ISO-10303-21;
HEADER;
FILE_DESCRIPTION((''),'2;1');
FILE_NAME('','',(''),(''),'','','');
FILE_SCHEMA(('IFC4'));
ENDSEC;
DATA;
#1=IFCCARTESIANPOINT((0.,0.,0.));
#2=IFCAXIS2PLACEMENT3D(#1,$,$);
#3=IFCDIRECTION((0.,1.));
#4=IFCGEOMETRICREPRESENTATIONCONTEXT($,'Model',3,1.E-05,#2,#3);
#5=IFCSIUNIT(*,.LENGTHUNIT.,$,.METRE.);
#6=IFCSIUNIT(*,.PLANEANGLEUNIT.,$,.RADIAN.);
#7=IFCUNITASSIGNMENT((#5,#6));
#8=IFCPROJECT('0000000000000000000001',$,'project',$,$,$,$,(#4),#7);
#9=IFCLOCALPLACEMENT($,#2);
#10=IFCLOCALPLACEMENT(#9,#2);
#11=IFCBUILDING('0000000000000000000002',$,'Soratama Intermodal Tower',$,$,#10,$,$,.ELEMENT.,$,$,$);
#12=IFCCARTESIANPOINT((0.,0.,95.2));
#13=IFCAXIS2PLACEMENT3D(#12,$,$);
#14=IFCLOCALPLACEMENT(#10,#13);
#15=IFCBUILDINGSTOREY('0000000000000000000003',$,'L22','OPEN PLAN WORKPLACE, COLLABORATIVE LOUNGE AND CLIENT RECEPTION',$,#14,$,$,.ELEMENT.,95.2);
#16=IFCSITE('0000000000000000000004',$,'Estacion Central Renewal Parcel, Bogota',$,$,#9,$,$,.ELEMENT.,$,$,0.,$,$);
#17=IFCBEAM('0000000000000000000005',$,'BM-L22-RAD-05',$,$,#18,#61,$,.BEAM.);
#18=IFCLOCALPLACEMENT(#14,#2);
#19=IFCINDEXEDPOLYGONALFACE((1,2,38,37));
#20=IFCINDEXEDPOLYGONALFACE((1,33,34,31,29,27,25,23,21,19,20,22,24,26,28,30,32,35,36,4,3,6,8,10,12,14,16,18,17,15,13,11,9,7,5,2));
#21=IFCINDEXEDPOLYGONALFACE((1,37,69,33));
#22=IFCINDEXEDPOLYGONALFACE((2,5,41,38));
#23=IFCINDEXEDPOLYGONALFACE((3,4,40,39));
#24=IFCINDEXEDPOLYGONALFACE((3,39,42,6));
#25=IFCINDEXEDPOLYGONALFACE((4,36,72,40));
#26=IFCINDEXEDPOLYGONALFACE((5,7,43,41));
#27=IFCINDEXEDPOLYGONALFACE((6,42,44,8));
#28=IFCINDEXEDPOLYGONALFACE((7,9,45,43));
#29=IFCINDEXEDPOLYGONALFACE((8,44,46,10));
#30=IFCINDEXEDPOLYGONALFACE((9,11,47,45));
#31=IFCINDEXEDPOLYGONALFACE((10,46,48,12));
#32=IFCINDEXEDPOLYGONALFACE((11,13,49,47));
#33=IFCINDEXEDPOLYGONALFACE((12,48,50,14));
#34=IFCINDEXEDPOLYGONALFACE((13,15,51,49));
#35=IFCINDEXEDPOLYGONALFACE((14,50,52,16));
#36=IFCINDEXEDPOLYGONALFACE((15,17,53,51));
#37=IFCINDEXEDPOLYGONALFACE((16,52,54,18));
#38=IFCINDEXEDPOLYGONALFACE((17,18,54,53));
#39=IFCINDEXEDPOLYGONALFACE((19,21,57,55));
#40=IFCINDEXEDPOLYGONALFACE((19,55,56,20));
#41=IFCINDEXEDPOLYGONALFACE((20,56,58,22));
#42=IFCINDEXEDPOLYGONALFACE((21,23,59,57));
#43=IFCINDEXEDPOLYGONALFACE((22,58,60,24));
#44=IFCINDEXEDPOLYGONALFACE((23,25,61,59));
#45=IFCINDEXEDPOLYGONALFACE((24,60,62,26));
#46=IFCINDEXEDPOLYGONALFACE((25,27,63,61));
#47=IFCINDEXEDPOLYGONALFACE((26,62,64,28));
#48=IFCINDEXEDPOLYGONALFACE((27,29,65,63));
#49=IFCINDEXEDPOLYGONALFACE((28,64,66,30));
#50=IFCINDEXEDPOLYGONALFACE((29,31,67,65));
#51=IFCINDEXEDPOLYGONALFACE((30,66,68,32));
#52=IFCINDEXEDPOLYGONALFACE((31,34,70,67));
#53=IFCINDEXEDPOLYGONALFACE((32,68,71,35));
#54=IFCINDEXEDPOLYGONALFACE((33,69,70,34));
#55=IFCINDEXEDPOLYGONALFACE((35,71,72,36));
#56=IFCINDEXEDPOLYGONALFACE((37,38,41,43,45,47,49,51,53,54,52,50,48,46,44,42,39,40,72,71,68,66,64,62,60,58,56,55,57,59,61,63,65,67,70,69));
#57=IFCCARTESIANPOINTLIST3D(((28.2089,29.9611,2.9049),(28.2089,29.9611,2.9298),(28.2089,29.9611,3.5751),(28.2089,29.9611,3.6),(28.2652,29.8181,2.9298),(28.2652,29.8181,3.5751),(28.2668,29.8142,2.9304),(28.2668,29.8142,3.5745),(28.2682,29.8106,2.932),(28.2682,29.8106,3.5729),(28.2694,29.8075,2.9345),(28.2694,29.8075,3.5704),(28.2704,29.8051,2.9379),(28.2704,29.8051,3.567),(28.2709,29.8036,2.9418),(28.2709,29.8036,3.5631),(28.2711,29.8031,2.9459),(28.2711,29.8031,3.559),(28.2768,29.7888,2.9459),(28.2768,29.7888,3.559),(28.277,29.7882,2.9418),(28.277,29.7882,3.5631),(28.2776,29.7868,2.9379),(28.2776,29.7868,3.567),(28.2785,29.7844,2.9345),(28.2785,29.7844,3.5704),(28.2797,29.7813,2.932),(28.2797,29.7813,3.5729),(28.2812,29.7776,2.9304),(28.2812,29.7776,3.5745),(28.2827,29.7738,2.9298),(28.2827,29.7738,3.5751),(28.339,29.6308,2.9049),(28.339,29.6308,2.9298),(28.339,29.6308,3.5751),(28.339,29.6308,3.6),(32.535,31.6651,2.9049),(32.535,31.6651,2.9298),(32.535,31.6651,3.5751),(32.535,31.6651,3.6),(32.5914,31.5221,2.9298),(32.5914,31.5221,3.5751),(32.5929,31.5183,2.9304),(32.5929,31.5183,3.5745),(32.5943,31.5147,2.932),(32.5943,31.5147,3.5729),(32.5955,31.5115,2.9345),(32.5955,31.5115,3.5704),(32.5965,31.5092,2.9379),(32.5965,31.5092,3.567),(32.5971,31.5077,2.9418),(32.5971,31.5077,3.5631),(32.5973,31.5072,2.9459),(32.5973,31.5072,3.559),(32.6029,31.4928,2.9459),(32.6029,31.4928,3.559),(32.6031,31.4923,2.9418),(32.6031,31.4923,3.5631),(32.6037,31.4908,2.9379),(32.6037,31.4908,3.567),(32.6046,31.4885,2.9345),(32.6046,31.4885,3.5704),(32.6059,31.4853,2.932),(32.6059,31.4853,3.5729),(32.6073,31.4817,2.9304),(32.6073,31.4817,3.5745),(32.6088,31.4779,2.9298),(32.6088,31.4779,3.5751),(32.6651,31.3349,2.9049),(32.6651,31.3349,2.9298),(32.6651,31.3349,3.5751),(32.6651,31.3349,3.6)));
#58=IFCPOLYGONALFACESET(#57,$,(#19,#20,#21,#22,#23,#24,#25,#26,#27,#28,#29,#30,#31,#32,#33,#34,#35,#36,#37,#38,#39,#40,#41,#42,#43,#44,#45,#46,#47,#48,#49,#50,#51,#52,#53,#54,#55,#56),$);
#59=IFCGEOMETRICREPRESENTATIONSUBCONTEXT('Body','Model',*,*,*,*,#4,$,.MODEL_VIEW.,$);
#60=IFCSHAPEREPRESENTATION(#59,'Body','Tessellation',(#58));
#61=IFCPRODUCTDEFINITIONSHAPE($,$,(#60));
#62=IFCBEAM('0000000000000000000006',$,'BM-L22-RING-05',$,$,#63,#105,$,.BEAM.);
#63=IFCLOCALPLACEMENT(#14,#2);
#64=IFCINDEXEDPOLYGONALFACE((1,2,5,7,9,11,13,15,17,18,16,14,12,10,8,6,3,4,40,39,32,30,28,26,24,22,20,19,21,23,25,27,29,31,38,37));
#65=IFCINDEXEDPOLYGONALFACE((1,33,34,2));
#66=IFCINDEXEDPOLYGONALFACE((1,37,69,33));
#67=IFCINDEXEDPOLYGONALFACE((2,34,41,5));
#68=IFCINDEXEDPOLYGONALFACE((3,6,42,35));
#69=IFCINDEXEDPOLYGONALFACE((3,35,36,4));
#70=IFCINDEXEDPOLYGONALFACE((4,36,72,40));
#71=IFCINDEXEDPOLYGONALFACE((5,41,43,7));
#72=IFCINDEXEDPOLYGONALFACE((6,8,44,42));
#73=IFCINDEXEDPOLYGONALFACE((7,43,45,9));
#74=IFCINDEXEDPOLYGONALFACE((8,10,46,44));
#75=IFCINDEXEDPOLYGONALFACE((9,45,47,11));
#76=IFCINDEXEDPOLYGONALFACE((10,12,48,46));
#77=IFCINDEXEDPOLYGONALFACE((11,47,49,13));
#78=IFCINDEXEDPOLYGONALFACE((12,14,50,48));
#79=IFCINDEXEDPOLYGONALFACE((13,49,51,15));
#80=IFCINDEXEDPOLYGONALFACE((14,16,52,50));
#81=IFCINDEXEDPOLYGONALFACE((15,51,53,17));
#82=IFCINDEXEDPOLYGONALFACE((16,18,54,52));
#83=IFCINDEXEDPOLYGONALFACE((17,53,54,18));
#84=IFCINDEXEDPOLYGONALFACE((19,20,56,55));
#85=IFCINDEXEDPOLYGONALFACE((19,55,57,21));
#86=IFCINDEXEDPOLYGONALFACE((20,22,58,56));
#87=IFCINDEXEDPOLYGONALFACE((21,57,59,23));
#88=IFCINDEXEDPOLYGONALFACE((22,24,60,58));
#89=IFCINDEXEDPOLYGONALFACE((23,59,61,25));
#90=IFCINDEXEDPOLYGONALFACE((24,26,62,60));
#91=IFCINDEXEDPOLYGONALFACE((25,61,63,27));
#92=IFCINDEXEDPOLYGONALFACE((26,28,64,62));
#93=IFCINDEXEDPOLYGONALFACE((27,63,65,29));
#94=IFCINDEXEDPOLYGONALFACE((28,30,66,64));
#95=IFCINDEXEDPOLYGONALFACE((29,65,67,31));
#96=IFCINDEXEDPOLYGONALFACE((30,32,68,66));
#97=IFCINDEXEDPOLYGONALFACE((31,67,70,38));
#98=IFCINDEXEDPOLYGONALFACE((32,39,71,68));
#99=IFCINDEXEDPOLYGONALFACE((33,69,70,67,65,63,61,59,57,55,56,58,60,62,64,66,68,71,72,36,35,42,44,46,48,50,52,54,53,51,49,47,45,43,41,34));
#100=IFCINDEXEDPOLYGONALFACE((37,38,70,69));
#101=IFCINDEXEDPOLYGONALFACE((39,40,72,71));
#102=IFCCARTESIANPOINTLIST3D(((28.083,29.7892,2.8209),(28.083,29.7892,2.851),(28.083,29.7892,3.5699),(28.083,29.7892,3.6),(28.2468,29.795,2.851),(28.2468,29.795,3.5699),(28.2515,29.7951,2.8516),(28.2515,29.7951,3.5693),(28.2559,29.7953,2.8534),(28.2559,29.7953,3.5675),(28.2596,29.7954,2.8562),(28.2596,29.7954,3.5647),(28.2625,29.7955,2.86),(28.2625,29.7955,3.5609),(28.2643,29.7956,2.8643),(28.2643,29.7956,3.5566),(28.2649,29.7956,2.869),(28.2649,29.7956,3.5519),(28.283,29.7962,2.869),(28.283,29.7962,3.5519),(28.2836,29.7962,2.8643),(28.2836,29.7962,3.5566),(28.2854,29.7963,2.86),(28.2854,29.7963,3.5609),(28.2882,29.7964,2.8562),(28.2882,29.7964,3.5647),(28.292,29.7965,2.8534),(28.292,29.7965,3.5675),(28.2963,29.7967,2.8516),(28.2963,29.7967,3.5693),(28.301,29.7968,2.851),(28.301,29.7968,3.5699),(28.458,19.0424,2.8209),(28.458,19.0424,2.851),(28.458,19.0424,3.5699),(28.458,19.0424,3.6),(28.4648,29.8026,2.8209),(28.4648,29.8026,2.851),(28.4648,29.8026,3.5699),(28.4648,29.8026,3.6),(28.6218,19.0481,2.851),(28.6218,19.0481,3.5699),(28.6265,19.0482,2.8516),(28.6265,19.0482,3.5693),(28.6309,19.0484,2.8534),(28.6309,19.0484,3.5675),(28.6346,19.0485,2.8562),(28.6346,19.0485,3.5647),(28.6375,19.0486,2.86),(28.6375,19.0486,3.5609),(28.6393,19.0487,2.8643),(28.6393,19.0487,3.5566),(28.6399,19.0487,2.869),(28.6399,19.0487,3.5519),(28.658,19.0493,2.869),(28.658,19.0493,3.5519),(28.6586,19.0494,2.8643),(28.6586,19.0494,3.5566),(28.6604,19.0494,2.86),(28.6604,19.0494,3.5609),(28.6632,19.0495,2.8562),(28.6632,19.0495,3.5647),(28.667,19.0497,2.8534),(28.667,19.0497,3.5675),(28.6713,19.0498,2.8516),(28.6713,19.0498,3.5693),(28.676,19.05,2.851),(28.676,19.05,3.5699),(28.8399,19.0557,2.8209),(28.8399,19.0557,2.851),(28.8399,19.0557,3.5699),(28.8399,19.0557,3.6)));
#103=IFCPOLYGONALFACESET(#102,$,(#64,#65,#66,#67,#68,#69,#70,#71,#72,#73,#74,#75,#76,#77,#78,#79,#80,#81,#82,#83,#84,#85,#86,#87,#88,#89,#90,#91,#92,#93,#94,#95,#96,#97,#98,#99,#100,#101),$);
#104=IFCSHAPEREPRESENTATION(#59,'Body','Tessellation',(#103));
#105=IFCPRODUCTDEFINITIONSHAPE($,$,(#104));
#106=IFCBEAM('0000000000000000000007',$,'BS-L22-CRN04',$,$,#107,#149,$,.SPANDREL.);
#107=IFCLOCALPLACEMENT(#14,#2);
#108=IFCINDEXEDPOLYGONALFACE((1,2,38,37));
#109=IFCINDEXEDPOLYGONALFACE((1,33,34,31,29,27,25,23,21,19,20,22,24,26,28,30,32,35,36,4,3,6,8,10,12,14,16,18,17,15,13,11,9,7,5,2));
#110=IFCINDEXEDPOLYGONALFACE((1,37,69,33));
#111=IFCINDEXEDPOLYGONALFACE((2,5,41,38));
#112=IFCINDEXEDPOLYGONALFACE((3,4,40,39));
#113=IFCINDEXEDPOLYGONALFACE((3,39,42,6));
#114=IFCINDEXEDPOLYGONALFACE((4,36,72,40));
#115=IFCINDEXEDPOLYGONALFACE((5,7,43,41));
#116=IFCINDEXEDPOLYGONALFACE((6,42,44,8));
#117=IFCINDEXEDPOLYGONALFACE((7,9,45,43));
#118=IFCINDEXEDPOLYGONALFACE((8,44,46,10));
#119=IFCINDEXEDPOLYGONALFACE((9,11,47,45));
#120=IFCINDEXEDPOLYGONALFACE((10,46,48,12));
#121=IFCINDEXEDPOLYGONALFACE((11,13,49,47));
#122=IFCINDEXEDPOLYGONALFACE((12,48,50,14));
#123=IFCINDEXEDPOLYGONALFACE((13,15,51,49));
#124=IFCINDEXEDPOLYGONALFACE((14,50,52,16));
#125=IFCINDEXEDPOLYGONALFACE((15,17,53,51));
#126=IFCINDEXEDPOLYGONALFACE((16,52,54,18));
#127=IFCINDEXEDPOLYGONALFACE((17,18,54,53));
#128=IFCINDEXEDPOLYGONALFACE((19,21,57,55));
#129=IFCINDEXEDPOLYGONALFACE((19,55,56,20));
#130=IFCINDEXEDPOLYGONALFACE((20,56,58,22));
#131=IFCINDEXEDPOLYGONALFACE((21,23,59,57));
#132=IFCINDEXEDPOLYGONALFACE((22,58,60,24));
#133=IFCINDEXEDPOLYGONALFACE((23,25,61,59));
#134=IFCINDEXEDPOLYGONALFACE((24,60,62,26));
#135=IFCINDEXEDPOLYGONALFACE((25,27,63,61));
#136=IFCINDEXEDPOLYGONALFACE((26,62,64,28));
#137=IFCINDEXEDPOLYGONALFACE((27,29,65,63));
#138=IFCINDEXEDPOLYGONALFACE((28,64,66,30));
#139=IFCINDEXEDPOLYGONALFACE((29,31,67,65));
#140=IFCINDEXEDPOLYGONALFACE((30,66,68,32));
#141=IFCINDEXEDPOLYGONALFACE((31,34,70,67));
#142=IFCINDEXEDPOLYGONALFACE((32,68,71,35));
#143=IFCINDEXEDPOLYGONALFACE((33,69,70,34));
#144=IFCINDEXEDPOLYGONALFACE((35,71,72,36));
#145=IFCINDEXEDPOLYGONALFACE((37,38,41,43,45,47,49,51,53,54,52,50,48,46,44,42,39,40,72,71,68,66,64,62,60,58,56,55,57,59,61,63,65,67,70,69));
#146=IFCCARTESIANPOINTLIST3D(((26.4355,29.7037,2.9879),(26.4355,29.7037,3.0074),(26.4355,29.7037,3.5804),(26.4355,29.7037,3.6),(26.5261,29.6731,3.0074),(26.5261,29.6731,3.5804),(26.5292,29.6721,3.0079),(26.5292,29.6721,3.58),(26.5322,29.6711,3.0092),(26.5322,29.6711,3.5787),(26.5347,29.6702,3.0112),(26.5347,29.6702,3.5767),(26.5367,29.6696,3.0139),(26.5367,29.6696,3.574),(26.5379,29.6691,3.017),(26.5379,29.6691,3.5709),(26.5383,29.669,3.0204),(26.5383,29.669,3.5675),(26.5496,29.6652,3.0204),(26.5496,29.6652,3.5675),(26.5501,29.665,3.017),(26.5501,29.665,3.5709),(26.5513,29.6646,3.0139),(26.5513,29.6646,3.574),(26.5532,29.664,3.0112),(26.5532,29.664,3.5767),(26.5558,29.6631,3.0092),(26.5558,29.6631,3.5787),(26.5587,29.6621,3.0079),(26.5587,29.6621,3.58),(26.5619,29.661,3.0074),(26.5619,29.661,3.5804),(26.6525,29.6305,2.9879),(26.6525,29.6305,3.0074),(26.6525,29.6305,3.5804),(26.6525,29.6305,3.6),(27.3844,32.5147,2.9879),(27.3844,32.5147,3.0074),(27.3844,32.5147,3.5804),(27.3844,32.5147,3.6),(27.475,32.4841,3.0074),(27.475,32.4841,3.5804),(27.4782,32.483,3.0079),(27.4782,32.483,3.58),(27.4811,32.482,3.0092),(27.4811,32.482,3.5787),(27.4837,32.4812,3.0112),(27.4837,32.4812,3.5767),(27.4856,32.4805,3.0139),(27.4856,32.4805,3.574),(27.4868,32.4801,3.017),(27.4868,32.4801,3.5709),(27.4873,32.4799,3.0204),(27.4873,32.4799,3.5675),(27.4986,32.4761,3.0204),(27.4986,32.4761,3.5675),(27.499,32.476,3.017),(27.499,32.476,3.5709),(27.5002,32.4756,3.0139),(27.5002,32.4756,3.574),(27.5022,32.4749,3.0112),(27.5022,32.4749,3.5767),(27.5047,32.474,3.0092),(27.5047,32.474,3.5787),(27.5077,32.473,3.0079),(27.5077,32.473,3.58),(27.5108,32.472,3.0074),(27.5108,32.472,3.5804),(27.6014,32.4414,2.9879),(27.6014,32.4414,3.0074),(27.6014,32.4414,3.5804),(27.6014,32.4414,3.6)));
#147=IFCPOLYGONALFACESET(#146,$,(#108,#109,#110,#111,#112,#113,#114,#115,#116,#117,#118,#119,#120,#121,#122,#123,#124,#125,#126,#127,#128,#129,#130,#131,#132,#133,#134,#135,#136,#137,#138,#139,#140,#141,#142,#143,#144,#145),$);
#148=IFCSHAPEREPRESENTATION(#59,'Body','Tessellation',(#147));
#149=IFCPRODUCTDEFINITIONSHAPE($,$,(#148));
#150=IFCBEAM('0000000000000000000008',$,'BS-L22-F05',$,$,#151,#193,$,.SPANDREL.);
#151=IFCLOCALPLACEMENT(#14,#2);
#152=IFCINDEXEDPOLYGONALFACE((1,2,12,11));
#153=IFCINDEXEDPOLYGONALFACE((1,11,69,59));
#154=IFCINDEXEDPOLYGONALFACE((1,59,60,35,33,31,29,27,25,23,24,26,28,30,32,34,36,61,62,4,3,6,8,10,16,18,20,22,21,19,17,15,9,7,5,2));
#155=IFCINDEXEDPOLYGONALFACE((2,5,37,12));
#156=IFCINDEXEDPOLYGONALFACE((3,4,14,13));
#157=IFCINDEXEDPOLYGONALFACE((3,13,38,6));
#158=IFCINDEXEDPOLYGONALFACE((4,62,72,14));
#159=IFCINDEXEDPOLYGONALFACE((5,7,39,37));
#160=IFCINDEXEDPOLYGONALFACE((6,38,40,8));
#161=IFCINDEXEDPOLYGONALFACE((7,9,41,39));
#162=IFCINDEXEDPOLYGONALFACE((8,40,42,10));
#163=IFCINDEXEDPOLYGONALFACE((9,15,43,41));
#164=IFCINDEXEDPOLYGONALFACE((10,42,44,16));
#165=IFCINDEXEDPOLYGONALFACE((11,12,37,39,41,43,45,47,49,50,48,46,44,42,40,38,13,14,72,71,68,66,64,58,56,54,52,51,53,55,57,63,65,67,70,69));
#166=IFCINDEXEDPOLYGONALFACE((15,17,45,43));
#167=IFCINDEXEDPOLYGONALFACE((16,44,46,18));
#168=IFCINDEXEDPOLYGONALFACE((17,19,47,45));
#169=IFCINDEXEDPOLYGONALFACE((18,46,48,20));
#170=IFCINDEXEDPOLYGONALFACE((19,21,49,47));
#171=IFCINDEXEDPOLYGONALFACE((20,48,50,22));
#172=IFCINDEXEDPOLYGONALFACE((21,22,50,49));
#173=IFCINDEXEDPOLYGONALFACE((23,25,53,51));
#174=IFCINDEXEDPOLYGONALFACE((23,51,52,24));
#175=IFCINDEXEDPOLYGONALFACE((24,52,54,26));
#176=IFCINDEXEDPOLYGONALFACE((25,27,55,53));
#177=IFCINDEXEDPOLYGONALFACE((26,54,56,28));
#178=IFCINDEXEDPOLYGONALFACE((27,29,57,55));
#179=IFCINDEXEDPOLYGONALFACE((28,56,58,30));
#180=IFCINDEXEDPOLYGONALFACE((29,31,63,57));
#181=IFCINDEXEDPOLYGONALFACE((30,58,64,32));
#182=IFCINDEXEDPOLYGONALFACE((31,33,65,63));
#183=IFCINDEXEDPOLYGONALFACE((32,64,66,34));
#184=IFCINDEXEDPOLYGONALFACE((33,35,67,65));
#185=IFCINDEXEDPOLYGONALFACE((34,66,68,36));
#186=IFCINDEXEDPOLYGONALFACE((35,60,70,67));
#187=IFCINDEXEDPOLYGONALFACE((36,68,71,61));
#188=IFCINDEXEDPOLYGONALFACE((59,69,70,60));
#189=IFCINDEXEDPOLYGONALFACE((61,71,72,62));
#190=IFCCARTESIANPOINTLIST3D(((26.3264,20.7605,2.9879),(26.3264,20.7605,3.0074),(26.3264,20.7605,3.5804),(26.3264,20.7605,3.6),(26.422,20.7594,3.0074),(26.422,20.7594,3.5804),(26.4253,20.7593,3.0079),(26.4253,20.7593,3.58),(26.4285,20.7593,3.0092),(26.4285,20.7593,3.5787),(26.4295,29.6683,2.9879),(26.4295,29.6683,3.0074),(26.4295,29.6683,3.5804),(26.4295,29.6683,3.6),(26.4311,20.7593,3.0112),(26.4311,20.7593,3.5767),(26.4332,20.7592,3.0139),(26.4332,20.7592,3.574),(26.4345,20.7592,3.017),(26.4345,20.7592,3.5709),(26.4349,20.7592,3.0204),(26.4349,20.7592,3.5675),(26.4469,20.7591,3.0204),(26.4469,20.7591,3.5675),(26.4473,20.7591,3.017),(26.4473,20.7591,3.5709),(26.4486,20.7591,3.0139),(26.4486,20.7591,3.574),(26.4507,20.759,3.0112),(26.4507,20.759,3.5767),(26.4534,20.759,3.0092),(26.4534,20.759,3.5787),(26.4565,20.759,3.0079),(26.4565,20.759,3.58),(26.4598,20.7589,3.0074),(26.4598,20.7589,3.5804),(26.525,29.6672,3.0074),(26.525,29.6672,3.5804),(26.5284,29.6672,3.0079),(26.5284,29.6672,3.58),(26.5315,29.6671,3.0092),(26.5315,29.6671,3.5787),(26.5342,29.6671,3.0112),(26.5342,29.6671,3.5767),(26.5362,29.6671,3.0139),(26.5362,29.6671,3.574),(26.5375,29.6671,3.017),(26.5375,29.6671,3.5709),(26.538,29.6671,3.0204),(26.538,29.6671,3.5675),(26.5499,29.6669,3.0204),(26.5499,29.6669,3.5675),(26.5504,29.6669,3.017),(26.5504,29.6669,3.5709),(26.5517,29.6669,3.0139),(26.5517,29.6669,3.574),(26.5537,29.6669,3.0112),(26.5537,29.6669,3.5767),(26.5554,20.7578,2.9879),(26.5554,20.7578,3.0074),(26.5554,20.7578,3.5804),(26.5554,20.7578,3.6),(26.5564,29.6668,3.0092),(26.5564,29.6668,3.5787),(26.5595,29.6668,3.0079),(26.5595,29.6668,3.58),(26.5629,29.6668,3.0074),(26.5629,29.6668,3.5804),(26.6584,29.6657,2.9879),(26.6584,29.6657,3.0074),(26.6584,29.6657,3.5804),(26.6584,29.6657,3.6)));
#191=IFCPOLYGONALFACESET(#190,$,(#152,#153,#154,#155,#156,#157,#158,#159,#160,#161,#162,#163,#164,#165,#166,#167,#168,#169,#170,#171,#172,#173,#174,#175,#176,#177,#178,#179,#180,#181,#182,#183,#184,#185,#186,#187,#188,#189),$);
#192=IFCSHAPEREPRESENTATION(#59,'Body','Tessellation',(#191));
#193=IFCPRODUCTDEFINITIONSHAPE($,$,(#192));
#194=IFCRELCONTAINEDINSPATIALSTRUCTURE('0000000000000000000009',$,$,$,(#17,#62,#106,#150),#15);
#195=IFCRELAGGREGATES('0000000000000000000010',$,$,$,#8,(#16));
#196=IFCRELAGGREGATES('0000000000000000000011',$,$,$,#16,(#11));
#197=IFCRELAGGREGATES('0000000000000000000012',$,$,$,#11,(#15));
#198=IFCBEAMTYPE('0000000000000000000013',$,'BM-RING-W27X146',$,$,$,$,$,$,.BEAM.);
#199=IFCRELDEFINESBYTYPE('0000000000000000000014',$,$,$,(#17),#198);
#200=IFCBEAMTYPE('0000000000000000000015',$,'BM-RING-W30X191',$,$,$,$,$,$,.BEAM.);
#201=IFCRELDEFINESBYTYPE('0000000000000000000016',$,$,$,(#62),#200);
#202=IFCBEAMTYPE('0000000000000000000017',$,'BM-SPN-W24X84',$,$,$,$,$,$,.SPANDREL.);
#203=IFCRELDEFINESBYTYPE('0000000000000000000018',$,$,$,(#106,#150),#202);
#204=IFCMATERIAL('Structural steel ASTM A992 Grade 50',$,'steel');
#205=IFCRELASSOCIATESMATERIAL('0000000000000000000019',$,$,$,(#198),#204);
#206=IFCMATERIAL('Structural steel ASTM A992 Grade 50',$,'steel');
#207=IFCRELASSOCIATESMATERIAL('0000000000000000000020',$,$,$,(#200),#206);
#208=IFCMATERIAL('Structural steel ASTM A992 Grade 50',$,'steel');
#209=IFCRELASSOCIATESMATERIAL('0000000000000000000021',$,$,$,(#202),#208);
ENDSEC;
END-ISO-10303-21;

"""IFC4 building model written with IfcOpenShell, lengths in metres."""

from ifc_helpers import new_model, si_unit, direction, frame, origin, origin_2d, place, context, subcontext, project, spatial, i_section, extrude, material, material_profile, profile_set, type_object, element, save


model = new_model("IFC4")

# Units and contexts
model_context = context("Model", 3, precision=1e-05, world=origin(), true_north=direction((0.0, 1.0)))
body_context = subcontext(model_context, "Body", "Model", "MODEL_VIEW")
ifc_project = project(units=[si_unit("LENGTHUNIT", "METRE"), si_unit("PLANEANGLEUNIT", "RADIAN")], contexts=[model_context])

# Site, building, storey
site_placement = place(None, origin())
site = spatial("IfcSite", under=ifc_project, at=site_placement, Name="Estacion Central Renewal Parcel, Bogota", CompositionType="ELEMENT", RefElevation=0.0)
building_placement = place(site_placement, origin())
building = spatial("IfcBuilding", under=site, at=building_placement, Name="Soratama Intermodal Tower", CompositionType="ELEMENT")
storey_placement = place(building_placement, frame((0.0, 0.0, 95.2)))
storey = spatial("IfcBuildingStorey", under=building, at=storey_placement, Name="L22", Description="OPEN PLAN WORKPLACE, COLLABORATIVE LOUNGE AND CLIENT RECEPTION", CompositionType="ELEMENT", Elevation=95.2)

# Beams
ifc_material_1 = material(Name="Structural steel ASTM A992 Grade 50", Category="steel")
ifc_material_profile_1 = material_profile(ifc_material_1, i_section(OverallWidth=0.355, OverallDepth=0.6951, WebThickness=0.0154, FlangeThickness=0.0249, FilletRadius=0.0161, at=origin_2d()), Name="W27X146")
ifc_profile_set_1 = profile_set([ifc_material_profile_1], Name="Structural steel ASTM A992 Grade 50")
beam_type_1 = type_object("IfcBeamType", Name="BM-RING-W27X146", PredefinedType="BEAM", material=ifc_profile_set_1)
beam_1_placement = place(storey_placement, frame((32.6001, 31.5, 3.2524), z_axis=(-0.930419, -0.366497, 0.0), x_axis=(0.366497, -0.930419, 0.0)))
element("IfcBeam", 1, at=beam_1_placement, inside=storey, type_object=beam_type_1, Name="BM-L22-RAD-05", PredefinedType="BEAM", context=body_context, shape_type="SweptSolid", body=[
    extrude(i_section(OverallWidth=0.355, OverallDepth=0.6951, WebThickness=0.0154, FlangeThickness=0.0249, FilletRadius=0.0161, at=origin_2d()), origin(), (0.0, 0.0, 1.0), 4.6497),
])
ifc_material_2 = material(Name="Structural steel ASTM A992 Grade 50", Category="steel")
ifc_material_profile_2 = material_profile(ifc_material_2, i_section(OverallWidth=0.3821, OverallDepth=0.7791, WebThickness=0.0181, FlangeThickness=0.03, FilletRadius=0.0181, at=origin_2d()), Name="W30X191")
ifc_profile_set_2 = profile_set([ifc_material_profile_2], Name="Structural steel ASTM A992 Grade 50")
beam_type_2 = type_object("IfcBeamType", Name="BM-RING-W30X191", PredefinedType="BEAM", material=ifc_profile_set_2)
beam_2_placement = place(storey_placement, frame((28.2739, 29.7959, 3.2104), z_axis=(0.034873, -0.999392, 0.0), x_axis=(0.999392, 0.034873, 0.0)))
element("IfcBeam", 2, at=beam_2_placement, inside=storey, type_object=beam_type_2, Name="BM-L22-RING-05", PredefinedType="BEAM", context=body_context, shape_type="SweptSolid", body=[
    extrude(i_section(OverallWidth=0.3821, OverallDepth=0.7791, WebThickness=0.0181, FlangeThickness=0.03, FilletRadius=0.0181, at=origin_2d()), origin(), (0.0, 0.0, 1.0), 10.7534),
])
ifc_material_3 = material(Name="Structural steel ASTM A992 Grade 50", Category="steel")
ifc_material_profile_3 = material_profile(ifc_material_3, i_section(OverallWidth=0.229, OverallDepth=0.6121, WebThickness=0.012, FlangeThickness=0.0195, FilletRadius=0.0129, at=origin_2d()), Name="W24X84")
ifc_profile_set_3 = profile_set([ifc_material_profile_3], Name="Structural steel ASTM A992 Grade 50")
beam_type_3 = type_object("IfcBeamType", Name="BM-SPN-W24X84", PredefinedType="SPANDREL", material=ifc_profile_set_3)
beam_3_placement = place(storey_placement, frame((27.4929, 32.478, 3.2939), z_axis=(-0.319854, -0.947467, 0.0), x_axis=(0.947467, -0.319854, 0.0)))
element("IfcBeam", 3, at=beam_3_placement, inside=storey, type_object=beam_type_3, Name="BS-L22-CRN04", PredefinedType="SPANDREL", context=body_context, shape_type="SweptSolid", body=[
    extrude(i_section(OverallWidth=0.229, OverallDepth=0.6121, WebThickness=0.012, FlangeThickness=0.0195, FilletRadius=0.0129, at=origin_2d()), origin(), (0.0, 0.0, 1.0), 2.9668),
])
beam_4_placement = place(storey_placement, frame((26.5439, 29.667, 3.2939), z_axis=(-0.011565, -0.999933, 0.0), x_axis=(0.999933, -0.011565, 0.0)))
element("IfcBeam", 4, at=beam_4_placement, inside=storey, type_object=beam_type_3, Name="BS-L22-F05", PredefinedType="SPANDREL", context=body_context, shape_type="SweptSolid", body=[
    extrude(i_section(OverallWidth=0.229, OverallDepth=0.6121, WebThickness=0.012, FlangeThickness=0.0195, FilletRadius=0.0129, at=origin_2d()), origin(), (0.0, 0.0, 1.0), 8.9084),
])

save(model, "model.ifc")
